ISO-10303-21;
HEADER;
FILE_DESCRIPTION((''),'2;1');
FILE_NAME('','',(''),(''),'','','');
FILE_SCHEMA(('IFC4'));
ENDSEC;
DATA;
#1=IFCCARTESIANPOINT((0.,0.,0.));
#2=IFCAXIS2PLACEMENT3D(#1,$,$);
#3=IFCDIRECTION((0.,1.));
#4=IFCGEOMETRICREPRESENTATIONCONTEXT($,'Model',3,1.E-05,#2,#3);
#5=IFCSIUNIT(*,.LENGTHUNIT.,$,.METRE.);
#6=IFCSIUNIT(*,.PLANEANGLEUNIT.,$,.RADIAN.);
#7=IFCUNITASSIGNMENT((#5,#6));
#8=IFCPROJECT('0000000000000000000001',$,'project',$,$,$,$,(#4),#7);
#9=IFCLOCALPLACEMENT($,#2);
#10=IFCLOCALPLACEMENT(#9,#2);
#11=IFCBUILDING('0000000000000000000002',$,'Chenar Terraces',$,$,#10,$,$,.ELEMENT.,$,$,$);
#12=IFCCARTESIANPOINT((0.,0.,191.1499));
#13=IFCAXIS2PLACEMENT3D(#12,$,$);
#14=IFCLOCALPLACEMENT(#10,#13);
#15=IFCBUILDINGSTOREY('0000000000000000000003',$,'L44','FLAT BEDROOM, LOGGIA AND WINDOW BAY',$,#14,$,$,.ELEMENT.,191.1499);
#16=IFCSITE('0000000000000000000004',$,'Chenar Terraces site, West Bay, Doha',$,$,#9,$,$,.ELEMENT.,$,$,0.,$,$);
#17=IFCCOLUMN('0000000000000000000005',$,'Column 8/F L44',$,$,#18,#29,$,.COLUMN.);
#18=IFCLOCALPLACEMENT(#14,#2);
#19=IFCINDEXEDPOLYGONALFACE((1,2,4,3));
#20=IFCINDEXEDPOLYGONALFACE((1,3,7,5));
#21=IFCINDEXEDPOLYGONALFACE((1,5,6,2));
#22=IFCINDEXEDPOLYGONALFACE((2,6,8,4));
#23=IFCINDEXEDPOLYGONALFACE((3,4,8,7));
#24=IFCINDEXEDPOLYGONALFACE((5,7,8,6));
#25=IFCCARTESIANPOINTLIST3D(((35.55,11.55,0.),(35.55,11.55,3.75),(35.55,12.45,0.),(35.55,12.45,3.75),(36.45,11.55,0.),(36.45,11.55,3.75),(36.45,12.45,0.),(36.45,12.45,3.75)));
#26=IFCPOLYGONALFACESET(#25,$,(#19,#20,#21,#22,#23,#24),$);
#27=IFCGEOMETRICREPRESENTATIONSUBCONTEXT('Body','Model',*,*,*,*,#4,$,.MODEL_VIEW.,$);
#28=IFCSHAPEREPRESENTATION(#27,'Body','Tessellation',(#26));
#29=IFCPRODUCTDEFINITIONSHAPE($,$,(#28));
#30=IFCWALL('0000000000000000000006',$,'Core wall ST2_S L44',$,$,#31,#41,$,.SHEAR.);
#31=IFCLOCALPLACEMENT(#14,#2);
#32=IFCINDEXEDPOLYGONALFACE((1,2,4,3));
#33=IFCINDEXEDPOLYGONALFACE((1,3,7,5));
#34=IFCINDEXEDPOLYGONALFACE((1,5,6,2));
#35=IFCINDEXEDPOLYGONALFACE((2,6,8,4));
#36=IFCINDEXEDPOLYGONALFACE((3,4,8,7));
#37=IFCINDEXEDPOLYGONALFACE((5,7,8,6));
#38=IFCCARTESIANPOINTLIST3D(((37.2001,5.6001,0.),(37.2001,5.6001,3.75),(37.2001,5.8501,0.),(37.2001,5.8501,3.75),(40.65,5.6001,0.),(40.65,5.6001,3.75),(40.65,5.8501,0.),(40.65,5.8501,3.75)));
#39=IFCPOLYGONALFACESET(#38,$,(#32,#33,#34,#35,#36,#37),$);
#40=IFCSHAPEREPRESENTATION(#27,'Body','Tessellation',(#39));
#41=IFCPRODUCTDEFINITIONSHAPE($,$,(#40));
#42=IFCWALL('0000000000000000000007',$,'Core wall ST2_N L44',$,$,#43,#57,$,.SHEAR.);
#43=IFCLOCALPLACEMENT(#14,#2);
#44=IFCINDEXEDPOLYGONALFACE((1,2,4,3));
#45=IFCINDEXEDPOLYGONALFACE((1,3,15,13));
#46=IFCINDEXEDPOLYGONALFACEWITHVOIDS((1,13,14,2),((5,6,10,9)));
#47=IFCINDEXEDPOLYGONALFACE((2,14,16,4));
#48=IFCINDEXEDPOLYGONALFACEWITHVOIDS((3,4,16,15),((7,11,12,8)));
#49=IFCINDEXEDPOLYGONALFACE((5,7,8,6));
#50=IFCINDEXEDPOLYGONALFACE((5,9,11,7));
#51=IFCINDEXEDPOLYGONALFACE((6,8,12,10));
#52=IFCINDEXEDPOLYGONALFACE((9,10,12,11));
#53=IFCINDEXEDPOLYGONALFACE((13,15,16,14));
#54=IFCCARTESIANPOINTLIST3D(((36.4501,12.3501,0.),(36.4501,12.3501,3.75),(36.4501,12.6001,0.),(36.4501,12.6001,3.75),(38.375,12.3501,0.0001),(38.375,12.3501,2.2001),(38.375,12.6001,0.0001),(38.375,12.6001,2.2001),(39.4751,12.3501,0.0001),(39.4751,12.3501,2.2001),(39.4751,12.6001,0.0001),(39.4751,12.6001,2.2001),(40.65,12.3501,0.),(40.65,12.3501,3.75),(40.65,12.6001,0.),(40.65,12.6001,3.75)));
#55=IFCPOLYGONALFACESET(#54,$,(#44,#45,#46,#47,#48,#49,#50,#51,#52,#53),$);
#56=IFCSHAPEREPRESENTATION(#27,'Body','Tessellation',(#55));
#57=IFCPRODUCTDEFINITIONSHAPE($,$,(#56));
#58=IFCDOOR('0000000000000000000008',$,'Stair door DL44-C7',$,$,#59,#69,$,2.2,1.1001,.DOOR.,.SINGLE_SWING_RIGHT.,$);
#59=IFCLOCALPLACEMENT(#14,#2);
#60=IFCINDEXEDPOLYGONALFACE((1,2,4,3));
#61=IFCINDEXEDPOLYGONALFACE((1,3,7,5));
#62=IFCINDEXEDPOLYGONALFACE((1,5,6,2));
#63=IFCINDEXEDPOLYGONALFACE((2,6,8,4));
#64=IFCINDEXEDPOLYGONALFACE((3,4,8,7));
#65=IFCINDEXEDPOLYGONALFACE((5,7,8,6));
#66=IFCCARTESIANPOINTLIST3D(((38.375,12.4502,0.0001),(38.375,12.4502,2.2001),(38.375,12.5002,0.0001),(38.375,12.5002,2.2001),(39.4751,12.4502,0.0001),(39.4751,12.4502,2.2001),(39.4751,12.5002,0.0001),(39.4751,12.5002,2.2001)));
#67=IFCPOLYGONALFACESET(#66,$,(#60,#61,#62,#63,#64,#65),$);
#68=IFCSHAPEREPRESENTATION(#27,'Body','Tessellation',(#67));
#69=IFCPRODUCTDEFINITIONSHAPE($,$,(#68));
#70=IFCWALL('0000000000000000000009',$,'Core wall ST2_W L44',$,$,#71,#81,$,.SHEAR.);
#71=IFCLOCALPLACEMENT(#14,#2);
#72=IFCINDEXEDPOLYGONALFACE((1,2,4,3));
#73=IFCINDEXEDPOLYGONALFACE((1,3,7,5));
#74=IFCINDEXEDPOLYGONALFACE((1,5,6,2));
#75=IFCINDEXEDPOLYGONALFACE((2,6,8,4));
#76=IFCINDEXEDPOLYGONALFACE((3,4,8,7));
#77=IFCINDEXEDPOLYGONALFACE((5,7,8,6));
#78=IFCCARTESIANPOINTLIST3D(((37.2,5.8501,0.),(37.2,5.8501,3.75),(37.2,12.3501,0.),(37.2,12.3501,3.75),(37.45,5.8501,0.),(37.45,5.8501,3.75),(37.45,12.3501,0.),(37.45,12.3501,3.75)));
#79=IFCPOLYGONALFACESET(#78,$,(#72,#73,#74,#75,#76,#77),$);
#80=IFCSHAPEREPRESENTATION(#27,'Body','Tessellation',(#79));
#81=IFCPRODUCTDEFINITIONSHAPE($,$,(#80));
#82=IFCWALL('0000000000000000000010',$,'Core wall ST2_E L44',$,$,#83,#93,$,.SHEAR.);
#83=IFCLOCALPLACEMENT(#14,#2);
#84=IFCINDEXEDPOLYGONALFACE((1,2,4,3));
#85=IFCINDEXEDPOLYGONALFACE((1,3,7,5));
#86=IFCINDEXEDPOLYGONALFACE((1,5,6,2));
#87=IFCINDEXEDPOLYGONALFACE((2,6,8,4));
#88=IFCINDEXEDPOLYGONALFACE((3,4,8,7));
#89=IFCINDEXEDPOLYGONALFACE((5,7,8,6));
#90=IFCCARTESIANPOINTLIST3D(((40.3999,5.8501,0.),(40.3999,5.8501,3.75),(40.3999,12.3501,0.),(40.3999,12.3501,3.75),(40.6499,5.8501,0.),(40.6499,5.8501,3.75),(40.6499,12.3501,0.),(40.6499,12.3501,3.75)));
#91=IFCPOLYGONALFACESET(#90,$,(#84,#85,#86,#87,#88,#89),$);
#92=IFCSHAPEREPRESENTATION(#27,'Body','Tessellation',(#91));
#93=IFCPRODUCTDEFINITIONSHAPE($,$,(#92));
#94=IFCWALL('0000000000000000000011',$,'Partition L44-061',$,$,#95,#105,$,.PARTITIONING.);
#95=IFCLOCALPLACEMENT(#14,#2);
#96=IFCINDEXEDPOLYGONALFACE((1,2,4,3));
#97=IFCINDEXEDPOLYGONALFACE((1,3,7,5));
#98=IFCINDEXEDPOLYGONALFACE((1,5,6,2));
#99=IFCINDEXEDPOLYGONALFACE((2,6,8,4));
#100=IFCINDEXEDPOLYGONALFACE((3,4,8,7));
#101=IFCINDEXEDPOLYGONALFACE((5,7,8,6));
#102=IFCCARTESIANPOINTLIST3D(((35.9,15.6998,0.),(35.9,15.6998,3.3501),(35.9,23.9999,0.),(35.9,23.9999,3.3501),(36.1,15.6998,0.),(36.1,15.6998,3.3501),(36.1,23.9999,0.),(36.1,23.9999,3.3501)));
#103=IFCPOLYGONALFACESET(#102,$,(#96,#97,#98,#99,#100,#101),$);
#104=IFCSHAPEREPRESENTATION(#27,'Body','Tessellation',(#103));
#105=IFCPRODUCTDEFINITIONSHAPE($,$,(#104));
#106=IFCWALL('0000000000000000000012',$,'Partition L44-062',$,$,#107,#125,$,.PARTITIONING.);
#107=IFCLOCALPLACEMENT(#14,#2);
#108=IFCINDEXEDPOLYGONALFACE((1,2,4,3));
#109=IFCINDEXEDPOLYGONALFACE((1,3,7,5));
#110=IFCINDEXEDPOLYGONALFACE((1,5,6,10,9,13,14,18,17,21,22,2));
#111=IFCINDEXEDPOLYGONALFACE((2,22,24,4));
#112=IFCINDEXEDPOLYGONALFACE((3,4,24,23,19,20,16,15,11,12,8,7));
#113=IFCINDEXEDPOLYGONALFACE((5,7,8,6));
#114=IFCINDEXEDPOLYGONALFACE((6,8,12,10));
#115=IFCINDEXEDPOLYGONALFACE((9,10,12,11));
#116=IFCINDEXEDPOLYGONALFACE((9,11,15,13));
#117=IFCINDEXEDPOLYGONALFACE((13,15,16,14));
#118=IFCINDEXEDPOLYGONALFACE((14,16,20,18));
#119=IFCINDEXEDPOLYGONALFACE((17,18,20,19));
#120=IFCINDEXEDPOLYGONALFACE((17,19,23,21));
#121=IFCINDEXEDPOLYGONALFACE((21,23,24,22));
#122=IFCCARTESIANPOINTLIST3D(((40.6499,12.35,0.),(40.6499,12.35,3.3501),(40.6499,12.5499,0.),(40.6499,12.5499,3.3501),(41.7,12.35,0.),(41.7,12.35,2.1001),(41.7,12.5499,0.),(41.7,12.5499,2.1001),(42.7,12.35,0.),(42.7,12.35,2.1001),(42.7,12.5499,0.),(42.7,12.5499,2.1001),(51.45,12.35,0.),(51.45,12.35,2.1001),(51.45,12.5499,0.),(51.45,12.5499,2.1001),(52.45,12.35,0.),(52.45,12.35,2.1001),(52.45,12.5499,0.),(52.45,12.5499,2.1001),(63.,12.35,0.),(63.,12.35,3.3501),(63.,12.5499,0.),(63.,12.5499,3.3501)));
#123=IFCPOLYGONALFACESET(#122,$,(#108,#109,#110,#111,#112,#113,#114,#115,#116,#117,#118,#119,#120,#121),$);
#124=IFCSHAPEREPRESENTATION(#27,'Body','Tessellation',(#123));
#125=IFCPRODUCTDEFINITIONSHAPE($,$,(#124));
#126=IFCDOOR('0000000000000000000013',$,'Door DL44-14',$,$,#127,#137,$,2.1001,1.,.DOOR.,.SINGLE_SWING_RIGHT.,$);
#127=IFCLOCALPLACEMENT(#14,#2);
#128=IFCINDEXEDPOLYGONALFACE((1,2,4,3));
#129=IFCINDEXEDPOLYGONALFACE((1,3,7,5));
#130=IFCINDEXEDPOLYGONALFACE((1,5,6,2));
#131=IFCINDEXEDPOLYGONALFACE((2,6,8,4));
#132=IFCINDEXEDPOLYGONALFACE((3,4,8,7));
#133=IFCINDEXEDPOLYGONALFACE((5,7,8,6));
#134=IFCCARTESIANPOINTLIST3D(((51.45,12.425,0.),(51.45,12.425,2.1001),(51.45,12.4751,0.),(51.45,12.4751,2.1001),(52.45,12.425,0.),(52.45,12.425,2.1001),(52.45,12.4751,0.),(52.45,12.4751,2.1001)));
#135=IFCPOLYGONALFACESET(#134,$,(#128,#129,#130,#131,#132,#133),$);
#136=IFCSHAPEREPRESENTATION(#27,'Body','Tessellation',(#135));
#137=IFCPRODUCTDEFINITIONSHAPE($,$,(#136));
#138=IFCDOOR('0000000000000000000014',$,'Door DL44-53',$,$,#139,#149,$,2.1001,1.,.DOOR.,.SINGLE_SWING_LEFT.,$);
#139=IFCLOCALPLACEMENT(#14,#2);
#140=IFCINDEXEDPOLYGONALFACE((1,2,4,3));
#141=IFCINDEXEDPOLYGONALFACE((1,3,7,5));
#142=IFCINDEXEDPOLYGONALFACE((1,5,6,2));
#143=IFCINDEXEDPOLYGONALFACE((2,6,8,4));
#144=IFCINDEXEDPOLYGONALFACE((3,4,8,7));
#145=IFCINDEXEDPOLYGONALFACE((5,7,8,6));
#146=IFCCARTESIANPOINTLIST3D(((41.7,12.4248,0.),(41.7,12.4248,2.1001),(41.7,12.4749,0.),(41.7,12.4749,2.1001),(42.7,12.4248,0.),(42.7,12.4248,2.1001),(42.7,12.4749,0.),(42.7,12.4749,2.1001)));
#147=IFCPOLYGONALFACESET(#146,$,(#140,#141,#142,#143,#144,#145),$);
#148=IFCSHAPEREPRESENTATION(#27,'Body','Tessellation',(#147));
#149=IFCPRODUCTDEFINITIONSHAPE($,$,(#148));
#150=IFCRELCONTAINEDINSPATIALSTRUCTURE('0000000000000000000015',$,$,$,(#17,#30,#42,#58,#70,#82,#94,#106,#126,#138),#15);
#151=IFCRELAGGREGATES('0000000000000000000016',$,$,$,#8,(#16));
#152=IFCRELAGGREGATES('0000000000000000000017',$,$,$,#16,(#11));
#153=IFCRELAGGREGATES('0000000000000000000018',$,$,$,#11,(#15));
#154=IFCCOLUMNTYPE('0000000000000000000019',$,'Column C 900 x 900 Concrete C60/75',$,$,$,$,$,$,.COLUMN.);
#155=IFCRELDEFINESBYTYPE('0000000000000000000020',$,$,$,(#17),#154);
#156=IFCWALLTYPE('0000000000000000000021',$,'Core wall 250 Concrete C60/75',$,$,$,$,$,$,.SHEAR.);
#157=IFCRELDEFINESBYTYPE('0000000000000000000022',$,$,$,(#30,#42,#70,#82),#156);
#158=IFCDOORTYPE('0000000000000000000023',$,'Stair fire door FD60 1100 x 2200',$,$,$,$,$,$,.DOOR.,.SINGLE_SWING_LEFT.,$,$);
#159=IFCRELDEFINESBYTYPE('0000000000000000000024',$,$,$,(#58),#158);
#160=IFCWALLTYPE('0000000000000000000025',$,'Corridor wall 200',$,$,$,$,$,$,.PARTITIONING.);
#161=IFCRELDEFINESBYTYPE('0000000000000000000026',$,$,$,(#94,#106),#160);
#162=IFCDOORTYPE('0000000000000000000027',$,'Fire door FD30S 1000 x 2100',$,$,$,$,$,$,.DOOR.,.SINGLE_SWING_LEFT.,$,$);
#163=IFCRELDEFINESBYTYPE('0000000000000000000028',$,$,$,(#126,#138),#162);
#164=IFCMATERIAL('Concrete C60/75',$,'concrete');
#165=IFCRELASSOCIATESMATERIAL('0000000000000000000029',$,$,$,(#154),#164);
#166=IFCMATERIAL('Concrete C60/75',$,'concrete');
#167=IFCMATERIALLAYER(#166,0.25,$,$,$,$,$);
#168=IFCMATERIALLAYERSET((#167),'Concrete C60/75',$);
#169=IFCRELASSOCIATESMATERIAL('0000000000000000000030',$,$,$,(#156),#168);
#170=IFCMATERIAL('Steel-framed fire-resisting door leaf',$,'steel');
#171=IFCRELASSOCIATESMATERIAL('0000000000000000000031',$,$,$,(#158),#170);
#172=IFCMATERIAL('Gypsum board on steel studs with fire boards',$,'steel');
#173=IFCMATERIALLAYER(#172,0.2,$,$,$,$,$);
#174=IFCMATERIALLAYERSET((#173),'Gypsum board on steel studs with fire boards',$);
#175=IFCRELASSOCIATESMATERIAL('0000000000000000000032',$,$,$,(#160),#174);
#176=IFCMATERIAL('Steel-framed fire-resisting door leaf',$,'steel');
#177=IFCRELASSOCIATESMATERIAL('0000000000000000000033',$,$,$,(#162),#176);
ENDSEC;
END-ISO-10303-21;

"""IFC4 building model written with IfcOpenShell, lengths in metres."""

from ifc_helpers import new_model, si_unit, direction, frame, frame_2d, origin, origin_2d, place, context, subcontext, project, spatial, rectangle, extrude, material, layer, layer_set, material_profile, profile_set, type_object, element, fill, save


model = new_model("IFC4")

# Units and contexts
model_context = context("Model", 3, precision=1e-05, world=origin(), true_north=direction((0.0, 1.0)))
body_context = subcontext(model_context, "Body", "Model", "MODEL_VIEW")
ifc_project = project(units=[si_unit("LENGTHUNIT", "METRE"), si_unit("PLANEANGLEUNIT", "RADIAN")], contexts=[model_context])

# Site, building, storey
site_placement = place(None, origin())
site = spatial("IfcSite", under=ifc_project, at=site_placement, Name="Chenar Terraces site, West Bay, Doha", CompositionType="ELEMENT", RefElevation=0.0)
building_placement = place(site_placement, origin())
building = spatial("IfcBuilding", under=site, at=building_placement, Name="Chenar Terraces", CompositionType="ELEMENT")
storey_placement = place(building_placement, frame((0.0, 0.0, 191.1499)))
storey = spatial("IfcBuildingStorey", under=building, at=storey_placement, Name="L44", Description="FLAT BEDROOM, LOGGIA AND WINDOW BAY", CompositionType="ELEMENT", Elevation=191.1499)

# Column
ifc_material_1 = material(Name="Concrete C60/75", Category="concrete")
ifc_material_profile = material_profile(ifc_material_1, rectangle(XDim=0.8999, YDim=0.8999, at=origin_2d()), Name="C 900 x 900")
ifc_profile_set = profile_set([ifc_material_profile], Name="Concrete C60/75")
column_type = type_object("IfcColumnType", Name="Column C 900 x 900 Concrete C60/75", PredefinedType="COLUMN", material=ifc_profile_set)
column_placement = place(storey_placement, frame((36.0, 12.0, 0.0), z_axis=(0.0, 0.0, 1.0), x_axis=(1.0, 0.0, 0.0)))
element("IfcColumn", 1, at=column_placement, inside=storey, type_object=column_type, Name="Column 8/F L44", PredefinedType="COLUMN", context=body_context, shape_type="SweptSolid", body=[
    extrude(rectangle(XDim=0.8999, YDim=0.8999, at=origin_2d()), origin(), (0.0, 0.0, 1.0), 3.75),
])

# Wall
ifc_material_2 = material(Name="Concrete C60/75", Category="concrete")
ifc_layer_1 = layer(ifc_material_2, 0.25)
ifc_layer_set_1 = layer_set([ifc_layer_1], Name="Concrete C60/75")
wall_type_1 = type_object("IfcWallType", Name="Core wall 250 Concrete C60/75", PredefinedType="SHEAR", material=ifc_layer_set_1)
wall_1_placement = place(storey_placement, frame((37.2, 5.7251, 0.0), z_axis=(0.0, 0.0, 1.0), x_axis=(1.0, 0.0, 0.0)))
element("IfcWall", 2, at=wall_1_placement, inside=storey, type_object=wall_type_1, Name="Core wall ST2_S L44", PredefinedType="SHEAR", context=body_context, shape_type="SweptSolid", body=[
    extrude(rectangle(XDim=3.45, YDim=0.25, at=frame_2d((1.7251, 0.0))), origin(), (0.0, 0.0, 1.0), 3.75),
])

# Wall, opening, door
wall_2_placement = place(storey_placement, frame((36.45, 12.4751, 0.0), z_axis=(0.0, 0.0, 1.0), x_axis=(1.0, 0.0, 0.0)))
wall_2 = element("IfcWall", 3, at=wall_2_placement, inside=storey, type_object=wall_type_1, Name="Core wall ST2_N L44", PredefinedType="SHEAR", context=body_context, shape_type="SweptSolid", body=[
    extrude(rectangle(XDim=4.2, YDim=0.25, at=frame_2d((2.1001, 0.0))), origin(), (0.0, 0.0, 1.0), 3.75),
])
opening_1_placement = place(wall_2_placement, frame((1.925, 0.0, 0.0)))
opening_1 = element("IfcOpeningElement", 4, at=opening_1_placement, cuts=wall_2, PredefinedType="OPENING", context=body_context, shape_type="SweptSolid", body=[
    extrude(rectangle(XDim=1.1001, YDim=2.2, at=frame_2d((0.55, 1.1001))), frame((0.0, 0.135, 0.0), z_axis=(0.0, -1.0, 0.0), x_axis=(1.0, 0.0, 0.0)), (0.0, 0.0, 1.0), 0.27),
])
ifc_material_3 = material(Name="Steel-framed fire-resisting door leaf", Category="steel")
door_type_1 = type_object("IfcDoorType", Name="Stair fire door FD60 1100 x 2200", OperationType="SINGLE_SWING_LEFT", PredefinedType="DOOR", material=ifc_material_3)
door_1_placement = place(opening_1_placement, frame((1.1001, 0.0, 0.0), z_axis=(0.0, 0.0, 1.0), x_axis=(-1.0, 0.0, 0.0)))
door_1 = element("IfcDoor", 5, at=door_1_placement, inside=storey, type_object=door_type_1, Name="Stair door DL44-C7", OperationType="SINGLE_SWING_RIGHT", OverallHeight=2.2, OverallWidth=1.1001, PredefinedType="DOOR", context=body_context, shape_type="SweptSolid", body=[
    extrude(rectangle(XDim=1.1001, YDim=2.2, at=frame_2d((0.55, 1.1001))), frame((0.0, 0.0249, 0.0), z_axis=(0.0, -1.0, 0.0), x_axis=(1.0, 0.0, 0.0)), (0.0, 0.0, 1.0), 0.05),
])
fill(opening_1, door_1)

# Walls
for number, where, z_axis, x_axis, name in (
    (6, (37.325, 5.8501, 0.0), (0.0, 0.0, 1.0), (0.0, 1.0, 0.0), "Core wall ST2_W L44"),
    (7, (40.5249, 5.8501, 0.0), (0.0, 0.0, 1.0), (0.0, 1.0, 0.0), "Core wall ST2_E L44"),
):
    element("IfcWall", number, at=place(storey_placement, frame(where, z_axis=z_axis, x_axis=x_axis)), inside=storey, type_object=wall_type_1, Name=name, PredefinedType="SHEAR", context=body_context, shape_type="SweptSolid", body=[
        extrude(rectangle(XDim=6.5, YDim=0.25, at=frame_2d((3.25, 0.0))), origin(), (0.0, 0.0, 1.0), 3.75),
    ])
ifc_material_4 = material(Name="Gypsum board on steel studs with fire boards", Category="steel")
ifc_layer_2 = layer(ifc_material_4, 0.2)
ifc_layer_set_2 = layer_set([ifc_layer_2], Name="Gypsum board on steel studs with fire boards")
wall_type_2 = type_object("IfcWallType", Name="Corridor wall 200", PredefinedType="PARTITIONING", material=ifc_layer_set_2)
wall_3_placement = place(storey_placement, frame((36.0, 15.7, 0.0), z_axis=(0.0, 0.0, 1.0), x_axis=(0.0, 1.0, 0.0)))
element("IfcWall", 8, at=wall_3_placement, inside=storey, type_object=wall_type_2, Name="Partition L44-061", PredefinedType="PARTITIONING", context=body_context, shape_type="SweptSolid", body=[
    extrude(rectangle(XDim=8.3, YDim=0.2, at=frame_2d((4.1499, 0.0))), origin(), (0.0, 0.0, 1.0), 3.3501),
])

# Wall, openings, doors
wall_4_placement = place(storey_placement, frame((40.6499, 12.45, 0.0), z_axis=(0.0, 0.0, 1.0), x_axis=(1.0, 0.0, 0.0)))
wall_4 = element("IfcWall", 9, at=wall_4_placement, inside=storey, type_object=wall_type_2, Name="Partition L44-062", PredefinedType="PARTITIONING", context=body_context, shape_type="SweptSolid", body=[
    extrude(rectangle(XDim=22.3501, YDim=0.2, at=frame_2d((11.175, 0.0))), origin(), (0.0, 0.0, 1.0), 3.3501),
])
opening_2_placement = place(wall_4_placement, frame((10.8, 0.0, 0.0)))
opening_2 = element("IfcOpeningElement", 10, at=opening_2_placement, cuts=wall_4, PredefinedType="OPENING", context=body_context, shape_type="SweptSolid", body=[
    extrude(rectangle(XDim=1.0, YDim=2.1001, at=frame_2d((0.5, 1.05))), frame((0.0, 0.1099, 0.0), z_axis=(0.0, -1.0, 0.0), x_axis=(1.0, 0.0, 0.0)), (0.0, 0.0, 1.0), 0.22),
])
opening_3_placement = place(wall_4_placement, frame((1.05, 0.0, 0.0)))
opening_3 = element("IfcOpeningElement", 11, at=opening_3_placement, cuts=wall_4, PredefinedType="OPENING", context=body_context, shape_type="SweptSolid", body=[
    extrude(rectangle(XDim=1.0, YDim=2.1001, at=frame_2d((0.5, 1.05))), frame((0.0, 0.1099, 0.0), z_axis=(0.0, -1.0, 0.0), x_axis=(1.0, 0.0, 0.0)), (0.0, 0.0, 1.0), 0.22),
])
ifc_material_5 = material(Name="Steel-framed fire-resisting door leaf", Category="steel")
door_type_2 = type_object("IfcDoorType", Name="Fire door FD30S 1000 x 2100", OperationType="SINGLE_SWING_LEFT", PredefinedType="DOOR", material=ifc_material_5)
door_2_placement = place(opening_2_placement, frame((1.0, 0.0, 0.0), z_axis=(0.0, 0.0, 1.0), x_axis=(-1.0, 0.0, 0.0)))
door_2 = element("IfcDoor", 12, at=door_2_placement, inside=storey, type_object=door_type_2, Name="Door DL44-14", OperationType="SINGLE_SWING_RIGHT", OverallHeight=2.1001, OverallWidth=1.0, PredefinedType="DOOR", context=body_context, shape_type="SweptSolid", body=[
    extrude(rectangle(XDim=1.0, YDim=2.1001, at=frame_2d((0.5, 1.05))), frame((0.0, 0.0249, 0.0), z_axis=(0.0, -1.0, 0.0), x_axis=(1.0, 0.0, 0.0)), (0.0, 0.0, 1.0), 0.05),
])
fill(opening_2, door_2)
door_3_placement = place(opening_3_placement, origin())
door_3 = element("IfcDoor", 13, at=door_3_placement, inside=storey, type_object=door_type_2, Name="Door DL44-53", OperationType="SINGLE_SWING_LEFT", OverallHeight=2.1001, OverallWidth=1.0, PredefinedType="DOOR", context=body_context, shape_type="SweptSolid", body=[
    extrude(rectangle(XDim=1.0, YDim=2.1001, at=frame_2d((0.5, 1.05))), frame((0.0, 0.0249, 0.0), z_axis=(0.0, -1.0, 0.0), x_axis=(1.0, 0.0, 0.0)), (0.0, 0.0, 1.0), 0.05),
])
fill(opening_3, door_3)

save(model, "model.ifc")
